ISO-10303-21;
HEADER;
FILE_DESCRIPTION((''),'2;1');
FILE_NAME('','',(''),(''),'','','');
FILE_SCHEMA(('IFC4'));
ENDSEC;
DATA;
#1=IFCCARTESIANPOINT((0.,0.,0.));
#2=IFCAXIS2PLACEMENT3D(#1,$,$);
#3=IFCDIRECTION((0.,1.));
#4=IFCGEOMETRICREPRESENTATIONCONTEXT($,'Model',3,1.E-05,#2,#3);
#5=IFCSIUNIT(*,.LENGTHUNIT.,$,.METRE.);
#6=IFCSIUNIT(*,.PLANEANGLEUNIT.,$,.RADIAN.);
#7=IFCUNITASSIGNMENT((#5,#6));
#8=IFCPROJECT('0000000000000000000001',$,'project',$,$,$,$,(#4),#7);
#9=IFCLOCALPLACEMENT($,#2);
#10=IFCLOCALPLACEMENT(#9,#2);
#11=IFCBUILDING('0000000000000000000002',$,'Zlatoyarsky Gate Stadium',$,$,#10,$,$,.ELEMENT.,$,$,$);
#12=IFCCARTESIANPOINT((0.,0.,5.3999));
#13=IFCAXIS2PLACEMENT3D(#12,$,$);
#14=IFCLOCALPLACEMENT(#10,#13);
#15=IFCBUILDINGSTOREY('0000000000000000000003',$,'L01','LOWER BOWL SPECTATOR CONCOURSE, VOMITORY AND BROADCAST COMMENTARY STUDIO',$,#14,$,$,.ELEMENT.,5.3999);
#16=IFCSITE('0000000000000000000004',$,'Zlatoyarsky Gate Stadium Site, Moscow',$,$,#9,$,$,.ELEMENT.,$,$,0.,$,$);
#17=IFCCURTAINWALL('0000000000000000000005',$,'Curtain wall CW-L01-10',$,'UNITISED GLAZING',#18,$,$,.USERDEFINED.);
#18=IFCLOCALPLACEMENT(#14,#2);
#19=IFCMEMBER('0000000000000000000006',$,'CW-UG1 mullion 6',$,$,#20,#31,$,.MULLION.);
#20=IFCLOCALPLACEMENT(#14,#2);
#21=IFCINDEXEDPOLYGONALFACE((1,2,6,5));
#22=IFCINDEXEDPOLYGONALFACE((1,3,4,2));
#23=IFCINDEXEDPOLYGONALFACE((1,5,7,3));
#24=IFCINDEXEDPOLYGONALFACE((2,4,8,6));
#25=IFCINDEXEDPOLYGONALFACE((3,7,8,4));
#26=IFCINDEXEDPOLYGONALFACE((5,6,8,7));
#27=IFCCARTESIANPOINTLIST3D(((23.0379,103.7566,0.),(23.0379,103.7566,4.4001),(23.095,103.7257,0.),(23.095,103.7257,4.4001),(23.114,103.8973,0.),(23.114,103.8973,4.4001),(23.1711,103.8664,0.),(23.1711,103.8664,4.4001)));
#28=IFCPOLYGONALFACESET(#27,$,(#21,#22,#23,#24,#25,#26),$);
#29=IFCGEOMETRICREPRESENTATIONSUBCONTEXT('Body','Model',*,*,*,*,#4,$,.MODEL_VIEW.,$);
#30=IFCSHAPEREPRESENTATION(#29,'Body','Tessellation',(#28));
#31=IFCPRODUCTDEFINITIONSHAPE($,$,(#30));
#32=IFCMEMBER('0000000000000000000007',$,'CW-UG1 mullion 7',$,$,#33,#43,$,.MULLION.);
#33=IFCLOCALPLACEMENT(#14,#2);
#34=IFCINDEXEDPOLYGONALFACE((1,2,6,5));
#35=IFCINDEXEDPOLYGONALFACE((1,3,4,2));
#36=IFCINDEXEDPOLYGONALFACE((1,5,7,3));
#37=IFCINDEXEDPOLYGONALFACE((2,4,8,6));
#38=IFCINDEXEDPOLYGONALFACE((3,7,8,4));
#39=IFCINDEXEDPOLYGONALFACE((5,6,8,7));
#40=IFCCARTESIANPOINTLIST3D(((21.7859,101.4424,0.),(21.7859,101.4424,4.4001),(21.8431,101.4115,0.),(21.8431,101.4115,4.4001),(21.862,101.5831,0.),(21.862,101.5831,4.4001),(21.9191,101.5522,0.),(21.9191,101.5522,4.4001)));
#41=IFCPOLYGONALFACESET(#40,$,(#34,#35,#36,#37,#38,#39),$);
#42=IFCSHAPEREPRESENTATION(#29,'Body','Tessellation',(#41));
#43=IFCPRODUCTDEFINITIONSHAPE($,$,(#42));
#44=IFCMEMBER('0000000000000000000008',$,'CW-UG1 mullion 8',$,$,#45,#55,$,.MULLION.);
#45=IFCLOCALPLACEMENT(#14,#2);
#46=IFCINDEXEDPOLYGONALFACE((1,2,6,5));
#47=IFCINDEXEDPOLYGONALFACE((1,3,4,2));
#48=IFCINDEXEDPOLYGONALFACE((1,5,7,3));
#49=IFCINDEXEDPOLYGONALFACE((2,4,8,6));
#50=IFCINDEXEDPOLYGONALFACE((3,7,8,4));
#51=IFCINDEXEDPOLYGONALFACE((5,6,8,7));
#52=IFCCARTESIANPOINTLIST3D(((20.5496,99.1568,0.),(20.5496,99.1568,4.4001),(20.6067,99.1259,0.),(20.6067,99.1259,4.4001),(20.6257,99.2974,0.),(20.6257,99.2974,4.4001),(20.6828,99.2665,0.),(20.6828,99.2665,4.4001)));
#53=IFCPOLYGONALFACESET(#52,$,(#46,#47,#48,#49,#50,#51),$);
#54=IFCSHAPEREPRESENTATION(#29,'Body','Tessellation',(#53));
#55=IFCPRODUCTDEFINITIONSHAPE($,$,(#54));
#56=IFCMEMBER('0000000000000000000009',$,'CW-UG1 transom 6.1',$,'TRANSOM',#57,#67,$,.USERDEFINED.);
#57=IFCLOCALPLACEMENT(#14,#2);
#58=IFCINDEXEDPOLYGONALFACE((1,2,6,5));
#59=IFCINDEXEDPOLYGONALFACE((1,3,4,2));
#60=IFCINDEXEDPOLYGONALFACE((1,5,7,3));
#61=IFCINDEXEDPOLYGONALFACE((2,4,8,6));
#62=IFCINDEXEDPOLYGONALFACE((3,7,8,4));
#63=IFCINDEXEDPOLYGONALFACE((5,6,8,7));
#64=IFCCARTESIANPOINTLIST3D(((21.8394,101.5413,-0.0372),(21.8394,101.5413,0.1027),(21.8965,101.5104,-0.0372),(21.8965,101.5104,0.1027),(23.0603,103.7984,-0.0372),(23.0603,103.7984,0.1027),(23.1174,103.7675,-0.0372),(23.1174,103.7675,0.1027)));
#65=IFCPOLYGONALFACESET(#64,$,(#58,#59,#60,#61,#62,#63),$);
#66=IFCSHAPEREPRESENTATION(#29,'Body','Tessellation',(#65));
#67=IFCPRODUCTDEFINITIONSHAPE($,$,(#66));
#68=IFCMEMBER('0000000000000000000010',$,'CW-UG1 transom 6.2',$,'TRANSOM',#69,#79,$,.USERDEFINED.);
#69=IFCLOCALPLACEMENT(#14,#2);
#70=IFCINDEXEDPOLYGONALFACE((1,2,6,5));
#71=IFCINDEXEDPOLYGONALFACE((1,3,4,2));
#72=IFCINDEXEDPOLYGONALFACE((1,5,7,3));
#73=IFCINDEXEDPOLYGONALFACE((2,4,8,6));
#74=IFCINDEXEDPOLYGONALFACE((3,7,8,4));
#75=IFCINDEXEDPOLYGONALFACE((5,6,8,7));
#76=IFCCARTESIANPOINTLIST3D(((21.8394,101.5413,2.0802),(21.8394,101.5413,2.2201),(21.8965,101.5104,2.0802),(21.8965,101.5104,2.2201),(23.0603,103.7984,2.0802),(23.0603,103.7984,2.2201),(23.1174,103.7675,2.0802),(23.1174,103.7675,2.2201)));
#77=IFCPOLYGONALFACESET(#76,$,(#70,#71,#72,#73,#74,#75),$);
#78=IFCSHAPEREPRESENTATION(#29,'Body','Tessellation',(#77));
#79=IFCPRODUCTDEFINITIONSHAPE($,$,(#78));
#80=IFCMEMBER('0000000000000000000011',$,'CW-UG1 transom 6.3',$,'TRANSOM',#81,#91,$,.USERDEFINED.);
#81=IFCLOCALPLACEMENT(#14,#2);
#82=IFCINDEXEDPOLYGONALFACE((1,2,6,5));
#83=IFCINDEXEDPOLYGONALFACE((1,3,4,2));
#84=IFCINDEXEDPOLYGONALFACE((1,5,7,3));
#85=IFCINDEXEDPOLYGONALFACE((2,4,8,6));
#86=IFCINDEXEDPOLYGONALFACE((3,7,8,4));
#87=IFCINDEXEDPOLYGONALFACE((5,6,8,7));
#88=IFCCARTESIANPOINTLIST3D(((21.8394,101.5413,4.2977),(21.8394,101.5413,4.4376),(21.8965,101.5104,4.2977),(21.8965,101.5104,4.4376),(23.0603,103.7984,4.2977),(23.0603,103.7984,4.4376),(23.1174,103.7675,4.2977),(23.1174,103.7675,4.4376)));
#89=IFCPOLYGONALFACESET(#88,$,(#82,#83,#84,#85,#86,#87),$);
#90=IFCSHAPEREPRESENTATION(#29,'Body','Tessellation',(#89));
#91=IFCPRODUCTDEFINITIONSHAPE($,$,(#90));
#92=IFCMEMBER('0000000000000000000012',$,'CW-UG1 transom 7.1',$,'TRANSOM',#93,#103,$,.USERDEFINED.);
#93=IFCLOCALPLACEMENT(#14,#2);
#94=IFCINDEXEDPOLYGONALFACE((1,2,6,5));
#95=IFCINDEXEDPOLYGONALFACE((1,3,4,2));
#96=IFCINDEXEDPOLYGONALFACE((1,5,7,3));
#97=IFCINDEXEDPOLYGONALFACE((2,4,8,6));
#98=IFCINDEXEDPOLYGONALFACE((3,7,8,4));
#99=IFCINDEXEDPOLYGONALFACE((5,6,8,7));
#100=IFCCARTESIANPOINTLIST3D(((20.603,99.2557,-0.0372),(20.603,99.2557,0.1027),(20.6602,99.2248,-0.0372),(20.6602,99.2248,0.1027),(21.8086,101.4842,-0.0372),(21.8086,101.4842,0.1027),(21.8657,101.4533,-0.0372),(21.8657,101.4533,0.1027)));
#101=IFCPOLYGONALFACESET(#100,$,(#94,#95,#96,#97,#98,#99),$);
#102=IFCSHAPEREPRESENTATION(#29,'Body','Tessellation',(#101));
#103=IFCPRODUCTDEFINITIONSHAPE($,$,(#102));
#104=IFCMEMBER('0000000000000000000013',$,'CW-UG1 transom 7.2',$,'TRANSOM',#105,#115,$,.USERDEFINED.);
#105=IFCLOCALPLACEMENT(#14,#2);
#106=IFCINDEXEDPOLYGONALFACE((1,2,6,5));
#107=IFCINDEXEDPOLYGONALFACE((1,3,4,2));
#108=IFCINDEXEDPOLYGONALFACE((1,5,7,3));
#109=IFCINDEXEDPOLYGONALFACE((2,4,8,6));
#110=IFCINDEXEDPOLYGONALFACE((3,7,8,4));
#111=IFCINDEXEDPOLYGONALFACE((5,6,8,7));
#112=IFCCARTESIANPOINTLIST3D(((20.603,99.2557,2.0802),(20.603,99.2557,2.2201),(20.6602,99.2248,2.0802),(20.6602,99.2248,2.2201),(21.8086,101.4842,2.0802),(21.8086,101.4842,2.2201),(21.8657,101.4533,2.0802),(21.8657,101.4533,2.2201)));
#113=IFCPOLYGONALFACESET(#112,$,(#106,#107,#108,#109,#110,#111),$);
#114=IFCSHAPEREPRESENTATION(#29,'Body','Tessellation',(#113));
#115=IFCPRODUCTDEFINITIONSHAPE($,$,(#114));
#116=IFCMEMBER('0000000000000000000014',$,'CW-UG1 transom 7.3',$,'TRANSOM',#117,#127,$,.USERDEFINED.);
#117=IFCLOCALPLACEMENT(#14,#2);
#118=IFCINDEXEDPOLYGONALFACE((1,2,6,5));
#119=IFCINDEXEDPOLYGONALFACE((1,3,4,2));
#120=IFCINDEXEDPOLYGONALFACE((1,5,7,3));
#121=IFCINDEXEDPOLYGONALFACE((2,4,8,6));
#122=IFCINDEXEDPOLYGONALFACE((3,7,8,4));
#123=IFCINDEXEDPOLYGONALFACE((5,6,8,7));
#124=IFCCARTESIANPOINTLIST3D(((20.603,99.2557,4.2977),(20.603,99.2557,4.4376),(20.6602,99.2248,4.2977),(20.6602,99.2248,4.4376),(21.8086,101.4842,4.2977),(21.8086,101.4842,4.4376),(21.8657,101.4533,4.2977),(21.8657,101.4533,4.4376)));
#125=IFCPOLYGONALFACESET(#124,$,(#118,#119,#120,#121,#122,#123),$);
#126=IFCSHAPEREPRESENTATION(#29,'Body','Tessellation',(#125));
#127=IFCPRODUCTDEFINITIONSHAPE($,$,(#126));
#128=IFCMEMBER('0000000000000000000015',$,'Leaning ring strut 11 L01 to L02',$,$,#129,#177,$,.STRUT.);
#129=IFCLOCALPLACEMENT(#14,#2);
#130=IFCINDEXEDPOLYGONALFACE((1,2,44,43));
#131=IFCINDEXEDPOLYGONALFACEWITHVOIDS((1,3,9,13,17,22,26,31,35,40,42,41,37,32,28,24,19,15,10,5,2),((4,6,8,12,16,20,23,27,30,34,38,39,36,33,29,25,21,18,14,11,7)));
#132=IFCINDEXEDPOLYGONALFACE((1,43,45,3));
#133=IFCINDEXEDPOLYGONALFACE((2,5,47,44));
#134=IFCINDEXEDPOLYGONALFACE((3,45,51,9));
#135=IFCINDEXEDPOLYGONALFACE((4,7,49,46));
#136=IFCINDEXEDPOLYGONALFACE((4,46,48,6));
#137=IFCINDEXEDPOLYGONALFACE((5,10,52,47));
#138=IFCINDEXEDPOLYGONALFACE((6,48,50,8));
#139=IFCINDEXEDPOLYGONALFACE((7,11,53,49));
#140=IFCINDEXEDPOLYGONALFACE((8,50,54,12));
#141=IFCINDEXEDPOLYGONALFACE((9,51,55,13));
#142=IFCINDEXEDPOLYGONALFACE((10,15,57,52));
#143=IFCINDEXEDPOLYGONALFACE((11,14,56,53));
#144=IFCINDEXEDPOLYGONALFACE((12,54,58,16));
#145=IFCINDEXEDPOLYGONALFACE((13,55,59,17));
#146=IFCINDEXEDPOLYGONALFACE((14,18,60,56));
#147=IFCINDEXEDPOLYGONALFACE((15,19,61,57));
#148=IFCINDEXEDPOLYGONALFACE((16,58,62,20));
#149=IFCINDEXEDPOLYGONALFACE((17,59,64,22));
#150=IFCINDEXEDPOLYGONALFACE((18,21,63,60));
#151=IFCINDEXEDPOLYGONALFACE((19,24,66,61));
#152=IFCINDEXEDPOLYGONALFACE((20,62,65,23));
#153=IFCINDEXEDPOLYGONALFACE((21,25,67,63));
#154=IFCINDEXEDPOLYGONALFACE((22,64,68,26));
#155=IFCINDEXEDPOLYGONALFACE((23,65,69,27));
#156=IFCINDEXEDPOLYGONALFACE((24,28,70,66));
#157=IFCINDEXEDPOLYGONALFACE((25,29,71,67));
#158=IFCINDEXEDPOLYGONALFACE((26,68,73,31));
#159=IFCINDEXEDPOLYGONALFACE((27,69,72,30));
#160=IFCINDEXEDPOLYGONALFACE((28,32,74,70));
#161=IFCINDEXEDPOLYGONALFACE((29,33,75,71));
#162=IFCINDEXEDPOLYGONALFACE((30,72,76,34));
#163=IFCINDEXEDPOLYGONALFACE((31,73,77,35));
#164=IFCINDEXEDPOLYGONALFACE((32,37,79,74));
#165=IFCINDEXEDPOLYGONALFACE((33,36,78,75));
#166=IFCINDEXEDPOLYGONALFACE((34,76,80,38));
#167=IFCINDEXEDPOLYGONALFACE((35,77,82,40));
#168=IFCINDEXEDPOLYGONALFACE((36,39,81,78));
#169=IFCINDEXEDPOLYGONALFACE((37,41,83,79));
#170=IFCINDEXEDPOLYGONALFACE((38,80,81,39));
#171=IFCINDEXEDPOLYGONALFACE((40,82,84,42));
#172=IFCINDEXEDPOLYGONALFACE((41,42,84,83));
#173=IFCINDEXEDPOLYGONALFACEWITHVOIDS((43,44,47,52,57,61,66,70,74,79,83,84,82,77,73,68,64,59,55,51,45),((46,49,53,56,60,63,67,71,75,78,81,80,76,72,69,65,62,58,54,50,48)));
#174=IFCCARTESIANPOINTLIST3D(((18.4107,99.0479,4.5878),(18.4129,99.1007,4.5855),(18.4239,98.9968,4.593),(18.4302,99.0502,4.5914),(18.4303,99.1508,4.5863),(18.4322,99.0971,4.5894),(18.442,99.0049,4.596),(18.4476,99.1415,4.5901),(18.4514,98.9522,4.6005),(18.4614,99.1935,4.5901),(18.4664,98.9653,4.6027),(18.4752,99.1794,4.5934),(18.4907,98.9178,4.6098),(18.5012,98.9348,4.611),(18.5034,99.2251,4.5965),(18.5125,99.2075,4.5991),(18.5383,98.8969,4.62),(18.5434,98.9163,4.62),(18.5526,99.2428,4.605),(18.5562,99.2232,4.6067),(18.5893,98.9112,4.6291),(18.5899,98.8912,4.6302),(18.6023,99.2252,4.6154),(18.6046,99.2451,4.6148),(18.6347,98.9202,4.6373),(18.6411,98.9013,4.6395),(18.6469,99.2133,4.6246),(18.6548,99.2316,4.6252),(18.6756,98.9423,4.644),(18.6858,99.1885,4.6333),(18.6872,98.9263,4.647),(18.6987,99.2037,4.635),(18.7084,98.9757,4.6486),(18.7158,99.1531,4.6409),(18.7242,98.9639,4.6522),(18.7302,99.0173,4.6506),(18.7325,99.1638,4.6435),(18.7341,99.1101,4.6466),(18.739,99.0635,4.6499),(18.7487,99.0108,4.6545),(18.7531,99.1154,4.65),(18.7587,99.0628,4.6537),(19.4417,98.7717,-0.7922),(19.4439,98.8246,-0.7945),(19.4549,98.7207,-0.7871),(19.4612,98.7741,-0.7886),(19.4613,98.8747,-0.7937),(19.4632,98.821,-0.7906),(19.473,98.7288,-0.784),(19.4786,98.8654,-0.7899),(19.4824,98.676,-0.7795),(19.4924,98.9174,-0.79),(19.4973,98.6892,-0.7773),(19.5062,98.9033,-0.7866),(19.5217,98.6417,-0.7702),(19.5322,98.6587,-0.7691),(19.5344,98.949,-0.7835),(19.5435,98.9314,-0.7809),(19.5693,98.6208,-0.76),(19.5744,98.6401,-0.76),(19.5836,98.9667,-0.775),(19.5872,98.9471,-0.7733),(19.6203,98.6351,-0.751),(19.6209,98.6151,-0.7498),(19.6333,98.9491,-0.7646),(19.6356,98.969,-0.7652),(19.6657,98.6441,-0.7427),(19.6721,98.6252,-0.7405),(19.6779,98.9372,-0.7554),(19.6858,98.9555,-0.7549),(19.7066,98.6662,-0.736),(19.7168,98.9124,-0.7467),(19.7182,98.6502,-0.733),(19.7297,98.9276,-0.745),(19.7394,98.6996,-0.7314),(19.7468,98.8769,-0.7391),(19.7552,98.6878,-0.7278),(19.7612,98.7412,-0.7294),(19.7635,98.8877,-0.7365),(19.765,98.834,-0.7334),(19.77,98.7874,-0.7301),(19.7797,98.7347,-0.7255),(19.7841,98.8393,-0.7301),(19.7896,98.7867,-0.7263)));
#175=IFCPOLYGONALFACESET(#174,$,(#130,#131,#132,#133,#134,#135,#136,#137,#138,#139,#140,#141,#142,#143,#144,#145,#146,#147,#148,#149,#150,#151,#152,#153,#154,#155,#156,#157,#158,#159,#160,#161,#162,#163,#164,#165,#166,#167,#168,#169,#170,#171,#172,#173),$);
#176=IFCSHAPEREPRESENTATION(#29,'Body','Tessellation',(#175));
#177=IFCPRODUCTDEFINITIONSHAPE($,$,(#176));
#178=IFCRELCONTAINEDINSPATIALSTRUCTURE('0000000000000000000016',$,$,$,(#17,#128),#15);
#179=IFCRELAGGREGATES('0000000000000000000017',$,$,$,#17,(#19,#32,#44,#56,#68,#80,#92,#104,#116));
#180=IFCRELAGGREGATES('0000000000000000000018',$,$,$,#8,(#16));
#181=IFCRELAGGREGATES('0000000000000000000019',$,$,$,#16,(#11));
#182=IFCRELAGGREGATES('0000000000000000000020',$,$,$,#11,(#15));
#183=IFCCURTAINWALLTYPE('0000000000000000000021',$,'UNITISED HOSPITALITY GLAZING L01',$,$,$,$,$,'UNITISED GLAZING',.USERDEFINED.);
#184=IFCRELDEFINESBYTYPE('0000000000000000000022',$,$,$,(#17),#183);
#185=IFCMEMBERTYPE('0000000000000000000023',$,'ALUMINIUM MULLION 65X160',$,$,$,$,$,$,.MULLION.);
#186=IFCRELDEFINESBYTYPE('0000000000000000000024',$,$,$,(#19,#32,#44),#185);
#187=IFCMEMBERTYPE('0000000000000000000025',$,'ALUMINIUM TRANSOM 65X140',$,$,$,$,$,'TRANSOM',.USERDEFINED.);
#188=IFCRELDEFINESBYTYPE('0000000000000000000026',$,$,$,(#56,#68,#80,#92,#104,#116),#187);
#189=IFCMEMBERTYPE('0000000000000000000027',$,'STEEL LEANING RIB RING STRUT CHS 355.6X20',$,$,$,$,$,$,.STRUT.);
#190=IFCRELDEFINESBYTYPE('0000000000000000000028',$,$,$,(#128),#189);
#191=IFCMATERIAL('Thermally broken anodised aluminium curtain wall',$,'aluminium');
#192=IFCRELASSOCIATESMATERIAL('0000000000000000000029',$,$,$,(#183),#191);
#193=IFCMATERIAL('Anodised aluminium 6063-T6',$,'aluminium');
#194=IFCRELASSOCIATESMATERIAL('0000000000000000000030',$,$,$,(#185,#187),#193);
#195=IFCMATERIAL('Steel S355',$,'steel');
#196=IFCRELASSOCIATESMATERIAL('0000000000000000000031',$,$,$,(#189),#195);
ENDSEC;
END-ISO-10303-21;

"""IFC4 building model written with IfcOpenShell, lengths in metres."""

from ifc_helpers import new_model, si_unit, direction, frame, origin, origin_2d, place, context, subcontext, project, spatial, rectangle, hollow_circle, extrude, material, material_profile, profile_set, type_object, element, aggregate, save


model = new_model("IFC4")

# Units and contexts
model_context = context("Model", 3, precision=1e-05, world=origin(), true_north=direction((0.0, 1.0)))
body_context = subcontext(model_context, "Body", "Model", "MODEL_VIEW")
ifc_project = project(units=[si_unit("LENGTHUNIT", "METRE"), si_unit("PLANEANGLEUNIT", "RADIAN")], contexts=[model_context])

# Site, building, storey
site_placement = place(None, origin())
site = spatial("IfcSite", under=ifc_project, at=site_placement, Name="Zlatoyarsky Gate Stadium Site, Moscow", CompositionType="ELEMENT", RefElevation=0.0)
building_placement = place(site_placement, origin())
building = spatial("IfcBuilding", under=site, at=building_placement, Name="Zlatoyarsky Gate Stadium", CompositionType="ELEMENT")
storey_placement = place(building_placement, frame((0.0, 0.0, 5.3999)))
storey = spatial("IfcBuildingStorey", under=building, at=storey_placement, Name="L01", Description="LOWER BOWL SPECTATOR CONCOURSE, VOMITORY AND BROADCAST COMMENTARY STUDIO", CompositionType="ELEMENT", Elevation=5.3999)

# Curtain wall, members
ifc_material_1 = material(Name="Thermally broken anodised aluminium curtain wall", Category="aluminium")
curtain_wall_type = type_object("IfcCurtainWallType", Name="UNITISED HOSPITALITY GLAZING L01", ElementType="UNITISED GLAZING", PredefinedType="USERDEFINED", material=ifc_material_1)
curtain_wall_placement = place(storey_placement, origin())
curtain_wall = element("IfcCurtainWall", 1, at=curtain_wall_placement, inside=storey, type_object=curtain_wall_type, Name="Curtain wall CW-L01-10", ObjectType="UNITISED GLAZING", PredefinedType="USERDEFINED")
ifc_material_2 = material(Name="Anodised aluminium 6063-T6", Category="aluminium")
ifc_material_profile_1 = material_profile(ifc_material_2, rectangle(XDim=0.0649, YDim=0.1599, at=origin_2d()), Name="ALU 65X160")
ifc_profile_set_1 = profile_set([ifc_material_profile_1], Name="Anodised aluminium 6063-T6")
member_type_1 = type_object("IfcMemberType", Name="ALUMINIUM MULLION 65X160", PredefinedType="MULLION", material=ifc_profile_set_1)
member_1_placement = place(storey_placement, frame((23.1045, 103.8115, 0.0), z_axis=(0.0, 0.0, 1.0), x_axis=(0.879562, -0.475784, 0.0)))
member_1 = element("IfcMember", 2, at=member_1_placement, type_object=member_type_1, Name="CW-UG1 mullion 6", PredefinedType="MULLION", context=body_context, shape_type="SweptSolid", body=[
    extrude(rectangle(XDim=0.0649, YDim=0.1599, at=origin_2d()), origin(), (0.0, 0.0, 1.0), 4.4001),
])
member_2_placement = place(storey_placement, frame((21.8525, 101.4973, 0.0), z_axis=(0.0, 0.0, 1.0), x_axis=(0.879562, -0.475784, 0.0)))
member_2 = element("IfcMember", 3, at=member_2_placement, type_object=member_type_1, Name="CW-UG1 mullion 7", PredefinedType="MULLION", context=body_context, shape_type="SweptSolid", body=[
    extrude(rectangle(XDim=0.0649, YDim=0.1599, at=origin_2d()), origin(), (0.0, 0.0, 1.0), 4.4001),
])
member_3_placement = place(storey_placement, frame((20.6162, 99.2117, 0.0), z_axis=(0.0, 0.0, 1.0), x_axis=(0.879562, -0.475784, 0.0)))
member_3 = element("IfcMember", 4, at=member_3_placement, type_object=member_type_1, Name="CW-UG1 mullion 8", PredefinedType="MULLION", context=body_context, shape_type="SweptSolid", body=[
    extrude(rectangle(XDim=0.0649, YDim=0.1599, at=origin_2d()), origin(), (0.0, 0.0, 1.0), 4.4001),
])
ifc_material_profile_2 = material_profile(ifc_material_2, rectangle(XDim=0.0649, YDim=0.1399, at=origin_2d()), Name="ALU 65X140")
ifc_profile_set_2 = profile_set([ifc_material_profile_2], Name="Anodised aluminium 6063-T6")
member_type_2 = type_object("IfcMemberType", Name="ALUMINIUM TRANSOM 65X140", ElementType="TRANSOM", PredefinedType="USERDEFINED", material=ifc_profile_set_2)
member_4_placement = place(storey_placement, frame((23.0889, 103.783, 0.0327), z_axis=(-0.47579, -0.879559, 0.0), x_axis=(0.879559, -0.47579, 0.0)))
member_4 = element("IfcMember", 5, at=member_4_placement, type_object=member_type_2, Name="CW-UG1 transom 6.1", ObjectType="TRANSOM", PredefinedType="USERDEFINED", context=body_context, shape_type="SweptSolid", body=[
    extrude(rectangle(XDim=0.0649, YDim=0.1399, at=origin_2d()), origin(), (0.0, 0.0, 1.0), 2.5662),
])
member_5_placement = place(storey_placement, frame((23.0889, 103.783, 2.1501), z_axis=(-0.47579, -0.879559, 0.0), x_axis=(0.879559, -0.47579, 0.0)))
member_5 = element("IfcMember", 6, at=member_5_placement, type_object=member_type_2, Name="CW-UG1 transom 6.2", ObjectType="TRANSOM", PredefinedType="USERDEFINED", context=body_context, shape_type="SweptSolid", body=[
    extrude(rectangle(XDim=0.0649, YDim=0.1399, at=origin_2d()), origin(), (0.0, 0.0, 1.0), 2.5662),
])
member_6_placement = place(storey_placement, frame((23.0889, 103.783, 4.3677), z_axis=(-0.47579, -0.879559, 0.0), x_axis=(0.879559, -0.47579, 0.0)))
member_6 = element("IfcMember", 7, at=member_6_placement, type_object=member_type_2, Name="CW-UG1 transom 6.3", ObjectType="TRANSOM", PredefinedType="USERDEFINED", context=body_context, shape_type="SweptSolid", body=[
    extrude(rectangle(XDim=0.0649, YDim=0.1399, at=origin_2d()), origin(), (0.0, 0.0, 1.0), 2.5662),
])
member_7_placement = place(storey_placement, frame((21.8372, 101.4688, 0.0327), z_axis=(-0.475811, -0.879547, 0.0), x_axis=(0.879547, -0.475811, 0.0)))
member_7 = element("IfcMember", 8, at=member_7_placement, type_object=member_type_2, Name="CW-UG1 transom 7.1", ObjectType="TRANSOM", PredefinedType="USERDEFINED", context=body_context, shape_type="SweptSolid", body=[
    extrude(rectangle(XDim=0.0649, YDim=0.1399, at=origin_2d()), origin(), (0.0, 0.0, 1.0), 2.5337),
])
member_8_placement = place(storey_placement, frame((21.8372, 101.4688, 2.1501), z_axis=(-0.475811, -0.879547, 0.0), x_axis=(0.879547, -0.475811, 0.0)))
member_8 = element("IfcMember", 9, at=member_8_placement, type_object=member_type_2, Name="CW-UG1 transom 7.2", ObjectType="TRANSOM", PredefinedType="USERDEFINED", context=body_context, shape_type="SweptSolid", body=[
    extrude(rectangle(XDim=0.0649, YDim=0.1399, at=origin_2d()), origin(), (0.0, 0.0, 1.0), 2.5337),
])
member_9_placement = place(storey_placement, frame((21.8372, 101.4688, 4.3677), z_axis=(-0.475811, -0.879547, 0.0), x_axis=(0.879547, -0.475811, 0.0)))
member_9 = element("IfcMember", 10, at=member_9_placement, type_object=member_type_2, Name="CW-UG1 transom 7.3", ObjectType="TRANSOM", PredefinedType="USERDEFINED", context=body_context, shape_type="SweptSolid", body=[
    extrude(rectangle(XDim=0.0649, YDim=0.1399, at=origin_2d()), origin(), (0.0, 0.0, 1.0), 2.5337),
])

# Member
ifc_material_3 = material(Name="Steel S355", Category="steel")
ifc_material_profile_3 = material_profile(ifc_material_3, hollow_circle(Radius=0.1777, WallThickness=0.02, at=origin_2d()), Name="CHS 355.6X20")
ifc_profile_set_3 = profile_set([ifc_material_profile_3], Name="Steel S355")
member_type_3 = type_object("IfcMemberType", Name="STEEL LEANING RIB RING STRUT CHS 355.6X20", PredefinedType="STRUT", material=ifc_profile_set_3)
member_10_placement = place(storey_placement, frame((19.6152, 98.7925, -0.76), z_axis=(-0.187969, 0.050342, 0.980884), x_axis=(-0.258702, -0.965957, 0.0)))
element("IfcMember", 11, at=member_10_placement, inside=storey, type_object=member_type_3, Name="Leaning ring strut 11 L01 to L02", PredefinedType="STRUT", context=body_context, shape_type="SweptSolid", body=[
    extrude(hollow_circle(Radius=0.1777, WallThickness=0.02, at=origin_2d()), origin(), (0.0, 0.0, 1.0), 5.4849),
])

aggregate(curtain_wall, [member_1, member_2, member_3, member_4, member_5, member_6, member_7, member_8, member_9])

save(model, "model.ifc")
